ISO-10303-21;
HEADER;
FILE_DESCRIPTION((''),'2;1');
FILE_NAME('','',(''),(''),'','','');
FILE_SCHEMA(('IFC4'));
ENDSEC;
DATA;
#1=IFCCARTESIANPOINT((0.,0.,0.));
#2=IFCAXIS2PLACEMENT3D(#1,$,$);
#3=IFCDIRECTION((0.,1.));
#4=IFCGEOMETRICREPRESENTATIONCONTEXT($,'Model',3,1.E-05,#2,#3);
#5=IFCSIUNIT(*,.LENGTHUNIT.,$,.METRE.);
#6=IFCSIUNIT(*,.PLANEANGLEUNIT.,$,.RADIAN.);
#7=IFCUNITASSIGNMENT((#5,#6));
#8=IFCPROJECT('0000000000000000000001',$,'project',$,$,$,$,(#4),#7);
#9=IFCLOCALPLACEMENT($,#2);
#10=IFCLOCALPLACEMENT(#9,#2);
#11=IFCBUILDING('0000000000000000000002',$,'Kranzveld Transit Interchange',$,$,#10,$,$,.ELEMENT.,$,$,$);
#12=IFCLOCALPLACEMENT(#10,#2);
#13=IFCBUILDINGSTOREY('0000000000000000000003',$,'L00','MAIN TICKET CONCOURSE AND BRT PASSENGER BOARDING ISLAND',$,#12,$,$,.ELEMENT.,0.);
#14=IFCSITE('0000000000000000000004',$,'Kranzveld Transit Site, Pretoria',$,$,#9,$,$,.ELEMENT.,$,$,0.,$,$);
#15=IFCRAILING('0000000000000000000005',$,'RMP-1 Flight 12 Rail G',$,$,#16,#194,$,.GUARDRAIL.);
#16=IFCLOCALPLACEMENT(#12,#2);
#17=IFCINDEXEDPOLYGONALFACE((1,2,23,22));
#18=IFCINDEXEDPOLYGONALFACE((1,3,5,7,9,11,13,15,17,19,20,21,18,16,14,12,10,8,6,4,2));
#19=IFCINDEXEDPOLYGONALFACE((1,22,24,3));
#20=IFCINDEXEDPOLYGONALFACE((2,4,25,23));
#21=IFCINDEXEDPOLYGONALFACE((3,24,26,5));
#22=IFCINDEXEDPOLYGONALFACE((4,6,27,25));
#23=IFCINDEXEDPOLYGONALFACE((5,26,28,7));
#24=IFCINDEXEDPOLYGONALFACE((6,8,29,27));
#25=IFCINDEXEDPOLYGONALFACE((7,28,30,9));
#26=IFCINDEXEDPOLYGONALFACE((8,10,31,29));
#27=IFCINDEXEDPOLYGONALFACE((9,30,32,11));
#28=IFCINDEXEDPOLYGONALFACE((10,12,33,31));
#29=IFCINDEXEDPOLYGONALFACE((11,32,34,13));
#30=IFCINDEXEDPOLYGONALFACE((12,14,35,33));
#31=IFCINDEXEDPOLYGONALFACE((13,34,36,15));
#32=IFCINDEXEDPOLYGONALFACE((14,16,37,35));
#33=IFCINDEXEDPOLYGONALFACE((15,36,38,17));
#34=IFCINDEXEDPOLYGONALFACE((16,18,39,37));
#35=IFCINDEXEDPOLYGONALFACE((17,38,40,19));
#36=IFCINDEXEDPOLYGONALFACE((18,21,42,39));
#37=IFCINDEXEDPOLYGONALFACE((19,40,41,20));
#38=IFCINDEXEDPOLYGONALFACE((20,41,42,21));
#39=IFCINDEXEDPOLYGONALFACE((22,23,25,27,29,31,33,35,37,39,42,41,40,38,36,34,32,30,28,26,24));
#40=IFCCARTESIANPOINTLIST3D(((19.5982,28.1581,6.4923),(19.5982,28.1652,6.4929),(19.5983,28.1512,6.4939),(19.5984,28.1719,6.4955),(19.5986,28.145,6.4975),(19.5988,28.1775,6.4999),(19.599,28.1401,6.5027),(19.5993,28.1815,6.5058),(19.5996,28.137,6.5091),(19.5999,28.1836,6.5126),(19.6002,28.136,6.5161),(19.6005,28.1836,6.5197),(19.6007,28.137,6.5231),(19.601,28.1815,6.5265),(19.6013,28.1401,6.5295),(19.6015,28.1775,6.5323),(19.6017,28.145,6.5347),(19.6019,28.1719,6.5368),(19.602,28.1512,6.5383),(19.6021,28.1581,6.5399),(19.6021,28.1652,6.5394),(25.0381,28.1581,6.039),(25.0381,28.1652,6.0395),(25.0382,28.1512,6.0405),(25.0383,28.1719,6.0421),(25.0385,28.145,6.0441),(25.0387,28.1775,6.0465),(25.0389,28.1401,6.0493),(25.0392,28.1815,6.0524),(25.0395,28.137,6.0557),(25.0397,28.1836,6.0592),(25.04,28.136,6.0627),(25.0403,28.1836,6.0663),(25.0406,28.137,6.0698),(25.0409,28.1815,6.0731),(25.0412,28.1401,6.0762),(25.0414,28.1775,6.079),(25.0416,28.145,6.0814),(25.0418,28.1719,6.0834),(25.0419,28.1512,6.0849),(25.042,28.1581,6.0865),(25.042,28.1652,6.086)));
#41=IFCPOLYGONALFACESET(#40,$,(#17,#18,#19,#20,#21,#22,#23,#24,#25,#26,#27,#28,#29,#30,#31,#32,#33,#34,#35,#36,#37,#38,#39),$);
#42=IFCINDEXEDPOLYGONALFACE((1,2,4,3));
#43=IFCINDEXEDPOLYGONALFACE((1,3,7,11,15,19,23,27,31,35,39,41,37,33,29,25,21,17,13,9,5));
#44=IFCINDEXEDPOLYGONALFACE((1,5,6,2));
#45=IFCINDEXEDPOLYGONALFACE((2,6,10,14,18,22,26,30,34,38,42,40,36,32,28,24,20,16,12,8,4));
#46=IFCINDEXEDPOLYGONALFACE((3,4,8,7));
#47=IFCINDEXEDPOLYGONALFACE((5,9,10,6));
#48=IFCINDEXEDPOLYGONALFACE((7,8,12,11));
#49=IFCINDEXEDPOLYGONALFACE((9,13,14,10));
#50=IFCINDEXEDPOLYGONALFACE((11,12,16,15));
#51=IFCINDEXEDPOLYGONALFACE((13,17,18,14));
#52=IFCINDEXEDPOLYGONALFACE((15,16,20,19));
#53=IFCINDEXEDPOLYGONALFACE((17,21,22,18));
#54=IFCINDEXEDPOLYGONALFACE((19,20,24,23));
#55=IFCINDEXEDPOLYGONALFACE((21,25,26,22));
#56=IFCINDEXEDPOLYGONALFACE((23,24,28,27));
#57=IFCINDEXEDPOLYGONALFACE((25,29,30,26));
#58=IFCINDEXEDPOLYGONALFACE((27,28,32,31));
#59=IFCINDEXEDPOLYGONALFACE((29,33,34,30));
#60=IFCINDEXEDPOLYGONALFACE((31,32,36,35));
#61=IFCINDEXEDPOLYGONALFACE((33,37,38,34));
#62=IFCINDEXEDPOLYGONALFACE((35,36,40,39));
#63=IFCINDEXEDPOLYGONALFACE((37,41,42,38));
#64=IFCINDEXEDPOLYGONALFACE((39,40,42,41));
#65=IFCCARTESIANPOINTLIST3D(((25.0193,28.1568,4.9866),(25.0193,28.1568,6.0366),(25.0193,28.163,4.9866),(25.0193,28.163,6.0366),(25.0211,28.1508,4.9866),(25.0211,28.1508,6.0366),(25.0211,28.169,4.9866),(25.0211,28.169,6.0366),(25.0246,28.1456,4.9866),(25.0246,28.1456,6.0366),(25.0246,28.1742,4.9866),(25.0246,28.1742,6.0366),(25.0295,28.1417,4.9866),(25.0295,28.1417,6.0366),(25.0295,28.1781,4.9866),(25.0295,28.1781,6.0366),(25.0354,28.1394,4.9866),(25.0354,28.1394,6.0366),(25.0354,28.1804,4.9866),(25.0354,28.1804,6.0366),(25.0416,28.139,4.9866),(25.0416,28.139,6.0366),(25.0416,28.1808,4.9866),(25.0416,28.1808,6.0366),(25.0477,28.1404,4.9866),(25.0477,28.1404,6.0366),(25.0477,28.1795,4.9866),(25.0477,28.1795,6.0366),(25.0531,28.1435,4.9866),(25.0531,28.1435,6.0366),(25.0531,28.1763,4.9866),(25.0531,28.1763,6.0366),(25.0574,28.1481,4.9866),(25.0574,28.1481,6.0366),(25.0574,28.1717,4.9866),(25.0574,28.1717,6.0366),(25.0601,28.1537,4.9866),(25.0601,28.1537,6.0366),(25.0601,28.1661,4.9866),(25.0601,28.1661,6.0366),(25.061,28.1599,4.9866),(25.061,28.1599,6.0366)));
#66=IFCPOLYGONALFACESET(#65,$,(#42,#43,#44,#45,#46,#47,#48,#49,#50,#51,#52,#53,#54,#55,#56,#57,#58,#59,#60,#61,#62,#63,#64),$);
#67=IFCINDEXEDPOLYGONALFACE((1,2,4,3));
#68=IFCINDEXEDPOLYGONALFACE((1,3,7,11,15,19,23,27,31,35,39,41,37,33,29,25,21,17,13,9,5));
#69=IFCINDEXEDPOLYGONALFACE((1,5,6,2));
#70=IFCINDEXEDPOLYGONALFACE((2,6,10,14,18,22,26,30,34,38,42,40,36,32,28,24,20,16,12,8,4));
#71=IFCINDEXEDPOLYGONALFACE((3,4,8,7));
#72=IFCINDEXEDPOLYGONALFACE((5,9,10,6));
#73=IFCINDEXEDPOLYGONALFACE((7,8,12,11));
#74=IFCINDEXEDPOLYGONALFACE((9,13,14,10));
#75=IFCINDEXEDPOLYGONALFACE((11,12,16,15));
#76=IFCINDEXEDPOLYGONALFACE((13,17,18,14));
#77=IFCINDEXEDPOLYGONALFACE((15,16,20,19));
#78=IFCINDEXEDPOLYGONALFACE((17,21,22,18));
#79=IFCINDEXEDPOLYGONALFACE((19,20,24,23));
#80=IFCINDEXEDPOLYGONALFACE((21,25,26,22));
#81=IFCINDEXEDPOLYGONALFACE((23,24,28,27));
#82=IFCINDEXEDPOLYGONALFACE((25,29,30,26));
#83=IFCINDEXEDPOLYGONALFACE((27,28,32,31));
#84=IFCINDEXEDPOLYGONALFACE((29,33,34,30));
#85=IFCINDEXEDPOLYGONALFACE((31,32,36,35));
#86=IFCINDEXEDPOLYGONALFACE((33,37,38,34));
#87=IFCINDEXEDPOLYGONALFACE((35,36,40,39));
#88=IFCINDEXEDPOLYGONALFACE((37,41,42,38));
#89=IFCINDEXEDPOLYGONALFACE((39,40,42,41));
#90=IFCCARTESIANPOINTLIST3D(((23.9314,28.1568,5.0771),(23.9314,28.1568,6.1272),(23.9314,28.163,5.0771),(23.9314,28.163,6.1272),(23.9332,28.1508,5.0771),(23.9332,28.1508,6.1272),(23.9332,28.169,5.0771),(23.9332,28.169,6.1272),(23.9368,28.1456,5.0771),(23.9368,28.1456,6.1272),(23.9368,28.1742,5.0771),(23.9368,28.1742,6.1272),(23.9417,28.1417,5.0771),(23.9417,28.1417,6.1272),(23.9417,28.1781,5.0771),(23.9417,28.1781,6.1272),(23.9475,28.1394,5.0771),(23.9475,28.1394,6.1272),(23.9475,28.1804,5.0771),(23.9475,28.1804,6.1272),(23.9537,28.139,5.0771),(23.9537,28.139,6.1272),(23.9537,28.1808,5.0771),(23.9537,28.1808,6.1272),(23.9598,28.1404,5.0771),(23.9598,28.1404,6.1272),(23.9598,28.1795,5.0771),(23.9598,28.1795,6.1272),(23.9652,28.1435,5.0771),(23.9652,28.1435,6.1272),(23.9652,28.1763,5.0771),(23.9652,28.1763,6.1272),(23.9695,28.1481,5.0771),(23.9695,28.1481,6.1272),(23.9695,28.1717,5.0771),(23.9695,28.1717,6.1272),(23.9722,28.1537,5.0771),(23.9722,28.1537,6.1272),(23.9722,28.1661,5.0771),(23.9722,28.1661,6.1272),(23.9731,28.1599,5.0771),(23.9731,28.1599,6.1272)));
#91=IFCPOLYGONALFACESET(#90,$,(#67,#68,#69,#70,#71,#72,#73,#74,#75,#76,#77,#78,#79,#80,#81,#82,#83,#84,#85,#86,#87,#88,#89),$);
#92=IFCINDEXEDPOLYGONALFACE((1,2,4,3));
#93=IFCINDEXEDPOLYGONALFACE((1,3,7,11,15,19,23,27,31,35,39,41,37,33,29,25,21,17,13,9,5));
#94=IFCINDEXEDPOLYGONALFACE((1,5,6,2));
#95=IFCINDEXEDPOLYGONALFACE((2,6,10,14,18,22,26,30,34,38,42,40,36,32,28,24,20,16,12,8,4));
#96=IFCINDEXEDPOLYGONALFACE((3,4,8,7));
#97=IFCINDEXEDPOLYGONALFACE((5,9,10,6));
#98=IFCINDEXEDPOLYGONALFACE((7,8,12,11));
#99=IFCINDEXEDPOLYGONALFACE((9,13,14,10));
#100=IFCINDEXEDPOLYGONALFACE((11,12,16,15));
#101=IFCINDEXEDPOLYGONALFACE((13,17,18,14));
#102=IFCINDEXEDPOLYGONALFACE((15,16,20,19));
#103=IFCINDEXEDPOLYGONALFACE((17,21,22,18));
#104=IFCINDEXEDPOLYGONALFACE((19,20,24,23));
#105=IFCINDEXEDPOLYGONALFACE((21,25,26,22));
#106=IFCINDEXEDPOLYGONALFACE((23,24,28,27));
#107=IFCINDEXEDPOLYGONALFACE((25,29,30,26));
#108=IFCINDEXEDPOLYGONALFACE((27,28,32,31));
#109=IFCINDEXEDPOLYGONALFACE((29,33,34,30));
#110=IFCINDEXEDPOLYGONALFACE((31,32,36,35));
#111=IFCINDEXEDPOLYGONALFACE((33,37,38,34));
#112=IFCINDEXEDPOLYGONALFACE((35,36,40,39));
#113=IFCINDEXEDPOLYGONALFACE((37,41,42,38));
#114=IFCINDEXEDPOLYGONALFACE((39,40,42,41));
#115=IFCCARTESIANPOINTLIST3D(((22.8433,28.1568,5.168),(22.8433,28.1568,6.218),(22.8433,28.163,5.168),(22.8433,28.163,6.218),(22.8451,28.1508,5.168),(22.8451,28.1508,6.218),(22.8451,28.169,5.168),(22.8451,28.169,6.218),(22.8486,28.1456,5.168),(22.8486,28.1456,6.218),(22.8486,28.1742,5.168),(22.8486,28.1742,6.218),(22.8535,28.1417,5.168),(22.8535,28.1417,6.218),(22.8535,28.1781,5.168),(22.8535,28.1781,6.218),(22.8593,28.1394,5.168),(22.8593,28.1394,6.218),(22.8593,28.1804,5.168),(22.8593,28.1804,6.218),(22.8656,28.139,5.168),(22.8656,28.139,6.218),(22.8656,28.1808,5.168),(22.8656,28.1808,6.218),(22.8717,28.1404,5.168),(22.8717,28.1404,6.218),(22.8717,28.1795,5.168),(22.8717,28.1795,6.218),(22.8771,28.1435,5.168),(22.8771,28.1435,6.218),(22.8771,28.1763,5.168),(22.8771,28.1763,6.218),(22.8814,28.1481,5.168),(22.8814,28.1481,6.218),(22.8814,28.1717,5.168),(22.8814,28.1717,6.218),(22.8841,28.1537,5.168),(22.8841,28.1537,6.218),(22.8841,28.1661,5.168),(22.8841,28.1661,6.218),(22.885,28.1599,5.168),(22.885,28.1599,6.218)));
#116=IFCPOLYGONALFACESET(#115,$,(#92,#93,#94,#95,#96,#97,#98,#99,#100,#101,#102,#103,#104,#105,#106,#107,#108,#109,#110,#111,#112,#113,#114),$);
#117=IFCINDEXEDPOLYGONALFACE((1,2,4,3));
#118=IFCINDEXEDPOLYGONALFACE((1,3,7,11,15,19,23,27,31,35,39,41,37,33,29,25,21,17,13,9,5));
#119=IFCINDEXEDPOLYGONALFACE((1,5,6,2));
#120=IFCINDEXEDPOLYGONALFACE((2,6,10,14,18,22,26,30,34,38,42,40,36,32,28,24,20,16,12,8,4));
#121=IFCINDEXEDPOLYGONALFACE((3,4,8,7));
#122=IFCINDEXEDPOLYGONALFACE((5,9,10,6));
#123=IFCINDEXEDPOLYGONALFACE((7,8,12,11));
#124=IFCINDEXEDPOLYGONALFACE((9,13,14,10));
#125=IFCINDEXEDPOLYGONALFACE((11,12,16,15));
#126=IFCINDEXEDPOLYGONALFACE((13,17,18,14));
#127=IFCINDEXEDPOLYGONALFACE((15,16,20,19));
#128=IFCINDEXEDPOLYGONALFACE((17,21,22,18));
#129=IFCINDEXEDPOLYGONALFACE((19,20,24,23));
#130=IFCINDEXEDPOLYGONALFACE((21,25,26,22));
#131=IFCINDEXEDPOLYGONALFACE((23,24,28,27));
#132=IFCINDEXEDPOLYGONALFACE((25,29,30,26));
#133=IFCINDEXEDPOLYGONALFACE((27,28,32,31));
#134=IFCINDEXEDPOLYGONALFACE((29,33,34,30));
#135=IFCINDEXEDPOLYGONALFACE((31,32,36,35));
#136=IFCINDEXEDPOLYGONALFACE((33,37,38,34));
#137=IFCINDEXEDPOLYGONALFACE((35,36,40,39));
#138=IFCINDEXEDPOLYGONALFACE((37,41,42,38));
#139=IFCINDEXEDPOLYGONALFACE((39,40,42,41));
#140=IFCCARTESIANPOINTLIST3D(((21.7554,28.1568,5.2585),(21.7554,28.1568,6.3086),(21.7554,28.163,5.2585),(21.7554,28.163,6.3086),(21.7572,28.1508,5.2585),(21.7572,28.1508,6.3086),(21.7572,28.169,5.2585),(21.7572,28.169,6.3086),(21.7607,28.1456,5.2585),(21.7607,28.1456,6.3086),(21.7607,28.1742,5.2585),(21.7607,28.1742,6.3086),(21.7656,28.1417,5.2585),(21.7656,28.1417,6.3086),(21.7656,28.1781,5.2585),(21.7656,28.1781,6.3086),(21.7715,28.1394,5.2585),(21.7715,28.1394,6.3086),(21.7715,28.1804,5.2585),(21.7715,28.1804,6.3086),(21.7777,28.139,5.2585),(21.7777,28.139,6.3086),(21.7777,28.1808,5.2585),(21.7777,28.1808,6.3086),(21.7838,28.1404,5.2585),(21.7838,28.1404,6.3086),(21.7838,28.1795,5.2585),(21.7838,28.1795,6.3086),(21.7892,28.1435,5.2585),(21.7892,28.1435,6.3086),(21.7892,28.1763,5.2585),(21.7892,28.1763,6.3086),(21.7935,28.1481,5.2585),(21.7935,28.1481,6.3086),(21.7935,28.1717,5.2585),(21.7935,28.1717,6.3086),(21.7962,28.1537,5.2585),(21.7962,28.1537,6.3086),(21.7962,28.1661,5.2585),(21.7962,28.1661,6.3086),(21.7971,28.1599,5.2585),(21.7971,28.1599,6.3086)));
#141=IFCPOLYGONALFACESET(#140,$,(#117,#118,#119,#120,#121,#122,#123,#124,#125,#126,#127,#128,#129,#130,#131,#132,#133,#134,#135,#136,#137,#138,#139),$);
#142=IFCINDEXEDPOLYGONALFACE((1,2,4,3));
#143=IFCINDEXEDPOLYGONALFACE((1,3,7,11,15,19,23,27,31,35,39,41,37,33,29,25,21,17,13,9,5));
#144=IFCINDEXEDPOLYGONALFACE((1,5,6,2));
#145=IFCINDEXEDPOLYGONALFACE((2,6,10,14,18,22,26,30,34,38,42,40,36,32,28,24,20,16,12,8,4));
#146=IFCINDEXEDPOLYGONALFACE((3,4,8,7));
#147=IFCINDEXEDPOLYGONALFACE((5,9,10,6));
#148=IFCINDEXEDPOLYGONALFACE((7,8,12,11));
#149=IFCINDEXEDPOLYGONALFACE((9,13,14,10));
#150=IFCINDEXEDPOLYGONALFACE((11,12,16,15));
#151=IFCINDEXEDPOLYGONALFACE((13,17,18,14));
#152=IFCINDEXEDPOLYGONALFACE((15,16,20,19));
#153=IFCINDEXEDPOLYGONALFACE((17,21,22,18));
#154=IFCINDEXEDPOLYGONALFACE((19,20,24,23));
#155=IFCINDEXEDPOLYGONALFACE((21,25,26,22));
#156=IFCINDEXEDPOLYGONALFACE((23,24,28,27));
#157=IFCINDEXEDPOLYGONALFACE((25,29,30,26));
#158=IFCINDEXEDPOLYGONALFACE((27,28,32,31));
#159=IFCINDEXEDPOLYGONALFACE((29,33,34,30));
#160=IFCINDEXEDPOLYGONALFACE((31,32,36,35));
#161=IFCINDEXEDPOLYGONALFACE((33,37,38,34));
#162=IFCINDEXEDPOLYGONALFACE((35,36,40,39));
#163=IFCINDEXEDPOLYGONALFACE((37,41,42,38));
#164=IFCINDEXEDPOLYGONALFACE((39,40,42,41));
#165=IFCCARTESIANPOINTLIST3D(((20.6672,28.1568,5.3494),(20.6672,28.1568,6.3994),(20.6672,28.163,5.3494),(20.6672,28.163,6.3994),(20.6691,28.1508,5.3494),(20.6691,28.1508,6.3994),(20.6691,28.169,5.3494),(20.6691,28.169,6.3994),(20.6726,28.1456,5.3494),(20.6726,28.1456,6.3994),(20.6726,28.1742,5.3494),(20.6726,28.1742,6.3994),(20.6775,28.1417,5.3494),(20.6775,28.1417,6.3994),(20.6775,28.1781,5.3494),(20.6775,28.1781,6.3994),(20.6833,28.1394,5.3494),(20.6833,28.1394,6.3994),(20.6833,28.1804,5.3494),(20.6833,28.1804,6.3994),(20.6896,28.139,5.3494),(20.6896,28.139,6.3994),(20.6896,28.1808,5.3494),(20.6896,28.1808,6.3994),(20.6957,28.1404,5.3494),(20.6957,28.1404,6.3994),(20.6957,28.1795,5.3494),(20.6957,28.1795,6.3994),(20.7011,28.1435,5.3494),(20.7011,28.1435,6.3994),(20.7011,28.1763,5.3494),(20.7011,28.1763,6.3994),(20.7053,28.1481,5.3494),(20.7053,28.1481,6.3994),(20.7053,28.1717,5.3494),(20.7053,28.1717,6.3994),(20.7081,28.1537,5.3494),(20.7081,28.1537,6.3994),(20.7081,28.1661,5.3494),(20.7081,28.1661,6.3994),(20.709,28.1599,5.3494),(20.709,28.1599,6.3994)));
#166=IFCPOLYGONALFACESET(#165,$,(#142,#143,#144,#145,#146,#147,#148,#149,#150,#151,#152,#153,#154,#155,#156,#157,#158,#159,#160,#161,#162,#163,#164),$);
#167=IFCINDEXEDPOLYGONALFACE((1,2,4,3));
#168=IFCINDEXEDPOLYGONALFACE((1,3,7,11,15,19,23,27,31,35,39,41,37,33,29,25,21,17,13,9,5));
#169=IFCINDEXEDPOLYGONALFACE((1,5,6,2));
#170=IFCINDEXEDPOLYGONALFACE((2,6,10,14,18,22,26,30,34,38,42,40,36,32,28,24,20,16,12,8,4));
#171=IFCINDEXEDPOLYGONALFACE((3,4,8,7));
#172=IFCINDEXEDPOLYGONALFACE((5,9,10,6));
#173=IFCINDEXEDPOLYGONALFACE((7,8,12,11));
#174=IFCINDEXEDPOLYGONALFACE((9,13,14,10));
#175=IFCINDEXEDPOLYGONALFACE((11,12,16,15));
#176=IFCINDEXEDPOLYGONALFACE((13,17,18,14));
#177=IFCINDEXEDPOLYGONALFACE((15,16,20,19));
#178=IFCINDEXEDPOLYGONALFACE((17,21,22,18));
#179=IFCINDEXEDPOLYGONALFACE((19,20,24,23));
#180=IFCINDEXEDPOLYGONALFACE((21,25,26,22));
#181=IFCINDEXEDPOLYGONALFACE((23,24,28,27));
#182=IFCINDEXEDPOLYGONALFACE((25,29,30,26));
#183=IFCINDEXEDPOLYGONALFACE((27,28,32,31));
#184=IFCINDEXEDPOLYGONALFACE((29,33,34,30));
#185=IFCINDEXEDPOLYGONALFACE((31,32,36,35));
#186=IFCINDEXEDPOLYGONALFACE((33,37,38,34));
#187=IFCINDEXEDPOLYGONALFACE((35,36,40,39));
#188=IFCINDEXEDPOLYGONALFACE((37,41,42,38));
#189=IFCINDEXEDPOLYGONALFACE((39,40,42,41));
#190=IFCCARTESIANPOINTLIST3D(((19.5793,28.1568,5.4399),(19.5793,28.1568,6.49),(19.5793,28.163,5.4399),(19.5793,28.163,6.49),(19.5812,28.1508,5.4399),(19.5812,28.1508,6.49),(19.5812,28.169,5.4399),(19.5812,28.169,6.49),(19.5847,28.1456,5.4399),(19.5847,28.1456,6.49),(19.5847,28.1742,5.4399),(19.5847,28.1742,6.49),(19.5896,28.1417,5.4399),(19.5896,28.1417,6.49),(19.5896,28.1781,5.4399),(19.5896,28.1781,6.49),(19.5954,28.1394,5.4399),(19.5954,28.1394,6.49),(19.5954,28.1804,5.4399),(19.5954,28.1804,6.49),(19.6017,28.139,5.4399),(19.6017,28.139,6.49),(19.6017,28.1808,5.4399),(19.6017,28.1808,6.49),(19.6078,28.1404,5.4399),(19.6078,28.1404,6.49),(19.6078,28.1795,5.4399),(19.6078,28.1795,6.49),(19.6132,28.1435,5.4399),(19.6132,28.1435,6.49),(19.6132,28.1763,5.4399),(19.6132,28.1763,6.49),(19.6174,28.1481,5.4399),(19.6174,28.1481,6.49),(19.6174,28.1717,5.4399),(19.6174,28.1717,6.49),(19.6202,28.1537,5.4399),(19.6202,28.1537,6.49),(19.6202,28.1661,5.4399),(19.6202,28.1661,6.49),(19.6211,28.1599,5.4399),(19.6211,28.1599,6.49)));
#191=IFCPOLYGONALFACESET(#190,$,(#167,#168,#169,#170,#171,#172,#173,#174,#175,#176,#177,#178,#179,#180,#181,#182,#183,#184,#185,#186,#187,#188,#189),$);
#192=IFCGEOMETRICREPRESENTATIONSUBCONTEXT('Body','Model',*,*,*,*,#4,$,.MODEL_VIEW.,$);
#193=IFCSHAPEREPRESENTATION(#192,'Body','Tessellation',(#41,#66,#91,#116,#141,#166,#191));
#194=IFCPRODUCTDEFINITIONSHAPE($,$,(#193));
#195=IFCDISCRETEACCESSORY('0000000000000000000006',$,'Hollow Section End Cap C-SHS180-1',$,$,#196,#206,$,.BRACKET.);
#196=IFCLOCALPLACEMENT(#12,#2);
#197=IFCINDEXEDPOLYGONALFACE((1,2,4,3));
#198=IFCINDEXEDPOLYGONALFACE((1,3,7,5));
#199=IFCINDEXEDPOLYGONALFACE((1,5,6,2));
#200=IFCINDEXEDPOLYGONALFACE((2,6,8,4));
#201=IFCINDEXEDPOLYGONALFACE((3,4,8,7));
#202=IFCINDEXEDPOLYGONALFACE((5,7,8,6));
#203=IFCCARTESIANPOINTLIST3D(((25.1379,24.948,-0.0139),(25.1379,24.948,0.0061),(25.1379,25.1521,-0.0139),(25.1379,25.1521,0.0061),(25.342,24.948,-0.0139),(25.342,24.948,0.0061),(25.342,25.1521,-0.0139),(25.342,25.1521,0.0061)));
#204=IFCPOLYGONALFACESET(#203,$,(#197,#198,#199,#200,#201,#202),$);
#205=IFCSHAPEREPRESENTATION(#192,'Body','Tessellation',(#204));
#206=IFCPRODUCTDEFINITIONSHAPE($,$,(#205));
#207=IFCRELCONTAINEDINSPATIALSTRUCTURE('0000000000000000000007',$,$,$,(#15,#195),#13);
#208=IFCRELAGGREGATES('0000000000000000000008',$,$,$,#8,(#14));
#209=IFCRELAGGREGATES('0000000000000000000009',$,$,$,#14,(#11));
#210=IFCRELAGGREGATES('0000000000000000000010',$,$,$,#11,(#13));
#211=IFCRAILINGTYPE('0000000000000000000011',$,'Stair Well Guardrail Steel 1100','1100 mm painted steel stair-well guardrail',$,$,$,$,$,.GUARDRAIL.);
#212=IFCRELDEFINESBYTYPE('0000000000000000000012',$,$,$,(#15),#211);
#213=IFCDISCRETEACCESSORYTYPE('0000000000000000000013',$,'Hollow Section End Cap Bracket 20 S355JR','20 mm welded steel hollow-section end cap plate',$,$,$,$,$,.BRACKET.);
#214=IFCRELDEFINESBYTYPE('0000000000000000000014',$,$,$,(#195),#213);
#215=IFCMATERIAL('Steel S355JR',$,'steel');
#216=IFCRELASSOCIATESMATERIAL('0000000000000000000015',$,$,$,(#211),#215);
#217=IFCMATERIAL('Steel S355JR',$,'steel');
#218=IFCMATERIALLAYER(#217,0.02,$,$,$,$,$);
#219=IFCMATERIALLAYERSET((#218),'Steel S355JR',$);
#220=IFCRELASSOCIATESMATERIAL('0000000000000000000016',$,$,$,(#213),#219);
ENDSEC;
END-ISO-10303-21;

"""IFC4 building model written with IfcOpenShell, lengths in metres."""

from ifc_helpers import new_model, si_unit, direction, frame, origin, origin_2d, place, context, subcontext, project, spatial, rectangle, circle, extrude, material, layer, layer_set, type_object, element, save


model = new_model("IFC4")

# Units and contexts
model_context = context("Model", 3, precision=1e-05, world=origin(), true_north=direction((0.0, 1.0)))
body_context = subcontext(model_context, "Body", "Model", "MODEL_VIEW")
ifc_project = project(units=[si_unit("LENGTHUNIT", "METRE"), si_unit("PLANEANGLEUNIT", "RADIAN")], contexts=[model_context])

# Site, building, storey
site_placement = place(None, origin())
site = spatial("IfcSite", under=ifc_project, at=site_placement, Name="Kranzveld Transit Site, Pretoria", CompositionType="ELEMENT", RefElevation=0.0)
building_placement = place(site_placement, origin())
building = spatial("IfcBuilding", under=site, at=building_placement, Name="Kranzveld Transit Interchange", CompositionType="ELEMENT")
storey_placement = place(building_placement, origin())
storey = spatial("IfcBuildingStorey", under=building, at=storey_placement, Name="L00", Description="MAIN TICKET CONCOURSE AND BRT PASSENGER BOARDING ISLAND", CompositionType="ELEMENT", Elevation=0.0)

# Railing
ifc_material_1 = material(Name="Steel S355JR", Category="steel")
railing_type_1 = type_object("IfcRailingType", Name="Stair Well Guardrail Steel 1100", Description="1100 mm painted steel stair-well guardrail", PredefinedType="GUARDRAIL", material=ifc_material_1)
for number, where, name in (
    (1, (25.04, 28.1599, 4.9866), "RMP-1 Flight 12 Rail G"),
):
    element("IfcRailing", number, at=place(storey_placement, frame(where)), inside=storey, type_object=railing_type_1, Name=name, PredefinedType="GUARDRAIL", context=body_context, shape_type="SweptSolid", body=[
        extrude(circle(Radius=0.0239, at=origin_2d()), frame((0.0, 0.0, 1.0762), z_axis=(-0.996545, 0.0, 0.083053), x_axis=(0.0, -1.0, 0.0)), (0.0, 0.0, 1.0), 5.4587),
        extrude(circle(Radius=0.021, at=origin_2d()), origin(), (0.0, 0.0, 1.0), 1.05),
        extrude(circle(Radius=0.021, at=origin_2d()), frame((-1.0879, 0.0, 0.0906)), (0.0, 0.0, 1.0), 1.05),
        extrude(circle(Radius=0.021, at=origin_2d()), frame((-2.176, 0.0, 0.1814)), (0.0, 0.0, 1.0), 1.05),
        extrude(circle(Radius=0.021, at=origin_2d()), frame((-3.2639, 0.0, 0.272)), (0.0, 0.0, 1.0), 1.05),
        extrude(circle(Radius=0.021, at=origin_2d()), frame((-4.3521, 0.0, 0.3628)), (0.0, 0.0, 1.0), 1.05),
        extrude(circle(Radius=0.021, at=origin_2d()), frame((-5.4399, 0.0, 0.4534)), (0.0, 0.0, 1.0), 1.05),
    ])

# Discrete accessory
ifc_material_2 = material(Name="Steel S355JR", Category="steel")
ifc_layer_1 = layer(ifc_material_2, 0.02)
ifc_layer_set_1 = layer_set([ifc_layer_1], Name="Steel S355JR")
discrete_accessory_type = type_object("IfcDiscreteAccessoryType", Name="Hollow Section End Cap Bracket 20 S355JR", Description="20 mm welded steel hollow-section end cap plate", PredefinedType="BRACKET", material=ifc_layer_set_1)
for number, where, z_axis, x_axis, name in (
    (2, (25.24, 25.05, 0.0061), (0.0, 0.0, -1.0), (1.0, 0.0, 0.0), "Hollow Section End Cap C-SHS180-1"),
):
    element("IfcDiscreteAccessory", number, at=place(storey_placement, frame(where, z_axis=z_axis, x_axis=x_axis)), inside=storey, type_object=discrete_accessory_type, Name=name, PredefinedType="BRACKET", context=body_context, shape_type="SweptSolid", body=[
        extrude(rectangle(XDim=0.2041, YDim=0.2041, at=origin_2d()), origin(), (0.0, 0.0, 1.0), 0.02),
    ])

save(model, "model.ifc")
